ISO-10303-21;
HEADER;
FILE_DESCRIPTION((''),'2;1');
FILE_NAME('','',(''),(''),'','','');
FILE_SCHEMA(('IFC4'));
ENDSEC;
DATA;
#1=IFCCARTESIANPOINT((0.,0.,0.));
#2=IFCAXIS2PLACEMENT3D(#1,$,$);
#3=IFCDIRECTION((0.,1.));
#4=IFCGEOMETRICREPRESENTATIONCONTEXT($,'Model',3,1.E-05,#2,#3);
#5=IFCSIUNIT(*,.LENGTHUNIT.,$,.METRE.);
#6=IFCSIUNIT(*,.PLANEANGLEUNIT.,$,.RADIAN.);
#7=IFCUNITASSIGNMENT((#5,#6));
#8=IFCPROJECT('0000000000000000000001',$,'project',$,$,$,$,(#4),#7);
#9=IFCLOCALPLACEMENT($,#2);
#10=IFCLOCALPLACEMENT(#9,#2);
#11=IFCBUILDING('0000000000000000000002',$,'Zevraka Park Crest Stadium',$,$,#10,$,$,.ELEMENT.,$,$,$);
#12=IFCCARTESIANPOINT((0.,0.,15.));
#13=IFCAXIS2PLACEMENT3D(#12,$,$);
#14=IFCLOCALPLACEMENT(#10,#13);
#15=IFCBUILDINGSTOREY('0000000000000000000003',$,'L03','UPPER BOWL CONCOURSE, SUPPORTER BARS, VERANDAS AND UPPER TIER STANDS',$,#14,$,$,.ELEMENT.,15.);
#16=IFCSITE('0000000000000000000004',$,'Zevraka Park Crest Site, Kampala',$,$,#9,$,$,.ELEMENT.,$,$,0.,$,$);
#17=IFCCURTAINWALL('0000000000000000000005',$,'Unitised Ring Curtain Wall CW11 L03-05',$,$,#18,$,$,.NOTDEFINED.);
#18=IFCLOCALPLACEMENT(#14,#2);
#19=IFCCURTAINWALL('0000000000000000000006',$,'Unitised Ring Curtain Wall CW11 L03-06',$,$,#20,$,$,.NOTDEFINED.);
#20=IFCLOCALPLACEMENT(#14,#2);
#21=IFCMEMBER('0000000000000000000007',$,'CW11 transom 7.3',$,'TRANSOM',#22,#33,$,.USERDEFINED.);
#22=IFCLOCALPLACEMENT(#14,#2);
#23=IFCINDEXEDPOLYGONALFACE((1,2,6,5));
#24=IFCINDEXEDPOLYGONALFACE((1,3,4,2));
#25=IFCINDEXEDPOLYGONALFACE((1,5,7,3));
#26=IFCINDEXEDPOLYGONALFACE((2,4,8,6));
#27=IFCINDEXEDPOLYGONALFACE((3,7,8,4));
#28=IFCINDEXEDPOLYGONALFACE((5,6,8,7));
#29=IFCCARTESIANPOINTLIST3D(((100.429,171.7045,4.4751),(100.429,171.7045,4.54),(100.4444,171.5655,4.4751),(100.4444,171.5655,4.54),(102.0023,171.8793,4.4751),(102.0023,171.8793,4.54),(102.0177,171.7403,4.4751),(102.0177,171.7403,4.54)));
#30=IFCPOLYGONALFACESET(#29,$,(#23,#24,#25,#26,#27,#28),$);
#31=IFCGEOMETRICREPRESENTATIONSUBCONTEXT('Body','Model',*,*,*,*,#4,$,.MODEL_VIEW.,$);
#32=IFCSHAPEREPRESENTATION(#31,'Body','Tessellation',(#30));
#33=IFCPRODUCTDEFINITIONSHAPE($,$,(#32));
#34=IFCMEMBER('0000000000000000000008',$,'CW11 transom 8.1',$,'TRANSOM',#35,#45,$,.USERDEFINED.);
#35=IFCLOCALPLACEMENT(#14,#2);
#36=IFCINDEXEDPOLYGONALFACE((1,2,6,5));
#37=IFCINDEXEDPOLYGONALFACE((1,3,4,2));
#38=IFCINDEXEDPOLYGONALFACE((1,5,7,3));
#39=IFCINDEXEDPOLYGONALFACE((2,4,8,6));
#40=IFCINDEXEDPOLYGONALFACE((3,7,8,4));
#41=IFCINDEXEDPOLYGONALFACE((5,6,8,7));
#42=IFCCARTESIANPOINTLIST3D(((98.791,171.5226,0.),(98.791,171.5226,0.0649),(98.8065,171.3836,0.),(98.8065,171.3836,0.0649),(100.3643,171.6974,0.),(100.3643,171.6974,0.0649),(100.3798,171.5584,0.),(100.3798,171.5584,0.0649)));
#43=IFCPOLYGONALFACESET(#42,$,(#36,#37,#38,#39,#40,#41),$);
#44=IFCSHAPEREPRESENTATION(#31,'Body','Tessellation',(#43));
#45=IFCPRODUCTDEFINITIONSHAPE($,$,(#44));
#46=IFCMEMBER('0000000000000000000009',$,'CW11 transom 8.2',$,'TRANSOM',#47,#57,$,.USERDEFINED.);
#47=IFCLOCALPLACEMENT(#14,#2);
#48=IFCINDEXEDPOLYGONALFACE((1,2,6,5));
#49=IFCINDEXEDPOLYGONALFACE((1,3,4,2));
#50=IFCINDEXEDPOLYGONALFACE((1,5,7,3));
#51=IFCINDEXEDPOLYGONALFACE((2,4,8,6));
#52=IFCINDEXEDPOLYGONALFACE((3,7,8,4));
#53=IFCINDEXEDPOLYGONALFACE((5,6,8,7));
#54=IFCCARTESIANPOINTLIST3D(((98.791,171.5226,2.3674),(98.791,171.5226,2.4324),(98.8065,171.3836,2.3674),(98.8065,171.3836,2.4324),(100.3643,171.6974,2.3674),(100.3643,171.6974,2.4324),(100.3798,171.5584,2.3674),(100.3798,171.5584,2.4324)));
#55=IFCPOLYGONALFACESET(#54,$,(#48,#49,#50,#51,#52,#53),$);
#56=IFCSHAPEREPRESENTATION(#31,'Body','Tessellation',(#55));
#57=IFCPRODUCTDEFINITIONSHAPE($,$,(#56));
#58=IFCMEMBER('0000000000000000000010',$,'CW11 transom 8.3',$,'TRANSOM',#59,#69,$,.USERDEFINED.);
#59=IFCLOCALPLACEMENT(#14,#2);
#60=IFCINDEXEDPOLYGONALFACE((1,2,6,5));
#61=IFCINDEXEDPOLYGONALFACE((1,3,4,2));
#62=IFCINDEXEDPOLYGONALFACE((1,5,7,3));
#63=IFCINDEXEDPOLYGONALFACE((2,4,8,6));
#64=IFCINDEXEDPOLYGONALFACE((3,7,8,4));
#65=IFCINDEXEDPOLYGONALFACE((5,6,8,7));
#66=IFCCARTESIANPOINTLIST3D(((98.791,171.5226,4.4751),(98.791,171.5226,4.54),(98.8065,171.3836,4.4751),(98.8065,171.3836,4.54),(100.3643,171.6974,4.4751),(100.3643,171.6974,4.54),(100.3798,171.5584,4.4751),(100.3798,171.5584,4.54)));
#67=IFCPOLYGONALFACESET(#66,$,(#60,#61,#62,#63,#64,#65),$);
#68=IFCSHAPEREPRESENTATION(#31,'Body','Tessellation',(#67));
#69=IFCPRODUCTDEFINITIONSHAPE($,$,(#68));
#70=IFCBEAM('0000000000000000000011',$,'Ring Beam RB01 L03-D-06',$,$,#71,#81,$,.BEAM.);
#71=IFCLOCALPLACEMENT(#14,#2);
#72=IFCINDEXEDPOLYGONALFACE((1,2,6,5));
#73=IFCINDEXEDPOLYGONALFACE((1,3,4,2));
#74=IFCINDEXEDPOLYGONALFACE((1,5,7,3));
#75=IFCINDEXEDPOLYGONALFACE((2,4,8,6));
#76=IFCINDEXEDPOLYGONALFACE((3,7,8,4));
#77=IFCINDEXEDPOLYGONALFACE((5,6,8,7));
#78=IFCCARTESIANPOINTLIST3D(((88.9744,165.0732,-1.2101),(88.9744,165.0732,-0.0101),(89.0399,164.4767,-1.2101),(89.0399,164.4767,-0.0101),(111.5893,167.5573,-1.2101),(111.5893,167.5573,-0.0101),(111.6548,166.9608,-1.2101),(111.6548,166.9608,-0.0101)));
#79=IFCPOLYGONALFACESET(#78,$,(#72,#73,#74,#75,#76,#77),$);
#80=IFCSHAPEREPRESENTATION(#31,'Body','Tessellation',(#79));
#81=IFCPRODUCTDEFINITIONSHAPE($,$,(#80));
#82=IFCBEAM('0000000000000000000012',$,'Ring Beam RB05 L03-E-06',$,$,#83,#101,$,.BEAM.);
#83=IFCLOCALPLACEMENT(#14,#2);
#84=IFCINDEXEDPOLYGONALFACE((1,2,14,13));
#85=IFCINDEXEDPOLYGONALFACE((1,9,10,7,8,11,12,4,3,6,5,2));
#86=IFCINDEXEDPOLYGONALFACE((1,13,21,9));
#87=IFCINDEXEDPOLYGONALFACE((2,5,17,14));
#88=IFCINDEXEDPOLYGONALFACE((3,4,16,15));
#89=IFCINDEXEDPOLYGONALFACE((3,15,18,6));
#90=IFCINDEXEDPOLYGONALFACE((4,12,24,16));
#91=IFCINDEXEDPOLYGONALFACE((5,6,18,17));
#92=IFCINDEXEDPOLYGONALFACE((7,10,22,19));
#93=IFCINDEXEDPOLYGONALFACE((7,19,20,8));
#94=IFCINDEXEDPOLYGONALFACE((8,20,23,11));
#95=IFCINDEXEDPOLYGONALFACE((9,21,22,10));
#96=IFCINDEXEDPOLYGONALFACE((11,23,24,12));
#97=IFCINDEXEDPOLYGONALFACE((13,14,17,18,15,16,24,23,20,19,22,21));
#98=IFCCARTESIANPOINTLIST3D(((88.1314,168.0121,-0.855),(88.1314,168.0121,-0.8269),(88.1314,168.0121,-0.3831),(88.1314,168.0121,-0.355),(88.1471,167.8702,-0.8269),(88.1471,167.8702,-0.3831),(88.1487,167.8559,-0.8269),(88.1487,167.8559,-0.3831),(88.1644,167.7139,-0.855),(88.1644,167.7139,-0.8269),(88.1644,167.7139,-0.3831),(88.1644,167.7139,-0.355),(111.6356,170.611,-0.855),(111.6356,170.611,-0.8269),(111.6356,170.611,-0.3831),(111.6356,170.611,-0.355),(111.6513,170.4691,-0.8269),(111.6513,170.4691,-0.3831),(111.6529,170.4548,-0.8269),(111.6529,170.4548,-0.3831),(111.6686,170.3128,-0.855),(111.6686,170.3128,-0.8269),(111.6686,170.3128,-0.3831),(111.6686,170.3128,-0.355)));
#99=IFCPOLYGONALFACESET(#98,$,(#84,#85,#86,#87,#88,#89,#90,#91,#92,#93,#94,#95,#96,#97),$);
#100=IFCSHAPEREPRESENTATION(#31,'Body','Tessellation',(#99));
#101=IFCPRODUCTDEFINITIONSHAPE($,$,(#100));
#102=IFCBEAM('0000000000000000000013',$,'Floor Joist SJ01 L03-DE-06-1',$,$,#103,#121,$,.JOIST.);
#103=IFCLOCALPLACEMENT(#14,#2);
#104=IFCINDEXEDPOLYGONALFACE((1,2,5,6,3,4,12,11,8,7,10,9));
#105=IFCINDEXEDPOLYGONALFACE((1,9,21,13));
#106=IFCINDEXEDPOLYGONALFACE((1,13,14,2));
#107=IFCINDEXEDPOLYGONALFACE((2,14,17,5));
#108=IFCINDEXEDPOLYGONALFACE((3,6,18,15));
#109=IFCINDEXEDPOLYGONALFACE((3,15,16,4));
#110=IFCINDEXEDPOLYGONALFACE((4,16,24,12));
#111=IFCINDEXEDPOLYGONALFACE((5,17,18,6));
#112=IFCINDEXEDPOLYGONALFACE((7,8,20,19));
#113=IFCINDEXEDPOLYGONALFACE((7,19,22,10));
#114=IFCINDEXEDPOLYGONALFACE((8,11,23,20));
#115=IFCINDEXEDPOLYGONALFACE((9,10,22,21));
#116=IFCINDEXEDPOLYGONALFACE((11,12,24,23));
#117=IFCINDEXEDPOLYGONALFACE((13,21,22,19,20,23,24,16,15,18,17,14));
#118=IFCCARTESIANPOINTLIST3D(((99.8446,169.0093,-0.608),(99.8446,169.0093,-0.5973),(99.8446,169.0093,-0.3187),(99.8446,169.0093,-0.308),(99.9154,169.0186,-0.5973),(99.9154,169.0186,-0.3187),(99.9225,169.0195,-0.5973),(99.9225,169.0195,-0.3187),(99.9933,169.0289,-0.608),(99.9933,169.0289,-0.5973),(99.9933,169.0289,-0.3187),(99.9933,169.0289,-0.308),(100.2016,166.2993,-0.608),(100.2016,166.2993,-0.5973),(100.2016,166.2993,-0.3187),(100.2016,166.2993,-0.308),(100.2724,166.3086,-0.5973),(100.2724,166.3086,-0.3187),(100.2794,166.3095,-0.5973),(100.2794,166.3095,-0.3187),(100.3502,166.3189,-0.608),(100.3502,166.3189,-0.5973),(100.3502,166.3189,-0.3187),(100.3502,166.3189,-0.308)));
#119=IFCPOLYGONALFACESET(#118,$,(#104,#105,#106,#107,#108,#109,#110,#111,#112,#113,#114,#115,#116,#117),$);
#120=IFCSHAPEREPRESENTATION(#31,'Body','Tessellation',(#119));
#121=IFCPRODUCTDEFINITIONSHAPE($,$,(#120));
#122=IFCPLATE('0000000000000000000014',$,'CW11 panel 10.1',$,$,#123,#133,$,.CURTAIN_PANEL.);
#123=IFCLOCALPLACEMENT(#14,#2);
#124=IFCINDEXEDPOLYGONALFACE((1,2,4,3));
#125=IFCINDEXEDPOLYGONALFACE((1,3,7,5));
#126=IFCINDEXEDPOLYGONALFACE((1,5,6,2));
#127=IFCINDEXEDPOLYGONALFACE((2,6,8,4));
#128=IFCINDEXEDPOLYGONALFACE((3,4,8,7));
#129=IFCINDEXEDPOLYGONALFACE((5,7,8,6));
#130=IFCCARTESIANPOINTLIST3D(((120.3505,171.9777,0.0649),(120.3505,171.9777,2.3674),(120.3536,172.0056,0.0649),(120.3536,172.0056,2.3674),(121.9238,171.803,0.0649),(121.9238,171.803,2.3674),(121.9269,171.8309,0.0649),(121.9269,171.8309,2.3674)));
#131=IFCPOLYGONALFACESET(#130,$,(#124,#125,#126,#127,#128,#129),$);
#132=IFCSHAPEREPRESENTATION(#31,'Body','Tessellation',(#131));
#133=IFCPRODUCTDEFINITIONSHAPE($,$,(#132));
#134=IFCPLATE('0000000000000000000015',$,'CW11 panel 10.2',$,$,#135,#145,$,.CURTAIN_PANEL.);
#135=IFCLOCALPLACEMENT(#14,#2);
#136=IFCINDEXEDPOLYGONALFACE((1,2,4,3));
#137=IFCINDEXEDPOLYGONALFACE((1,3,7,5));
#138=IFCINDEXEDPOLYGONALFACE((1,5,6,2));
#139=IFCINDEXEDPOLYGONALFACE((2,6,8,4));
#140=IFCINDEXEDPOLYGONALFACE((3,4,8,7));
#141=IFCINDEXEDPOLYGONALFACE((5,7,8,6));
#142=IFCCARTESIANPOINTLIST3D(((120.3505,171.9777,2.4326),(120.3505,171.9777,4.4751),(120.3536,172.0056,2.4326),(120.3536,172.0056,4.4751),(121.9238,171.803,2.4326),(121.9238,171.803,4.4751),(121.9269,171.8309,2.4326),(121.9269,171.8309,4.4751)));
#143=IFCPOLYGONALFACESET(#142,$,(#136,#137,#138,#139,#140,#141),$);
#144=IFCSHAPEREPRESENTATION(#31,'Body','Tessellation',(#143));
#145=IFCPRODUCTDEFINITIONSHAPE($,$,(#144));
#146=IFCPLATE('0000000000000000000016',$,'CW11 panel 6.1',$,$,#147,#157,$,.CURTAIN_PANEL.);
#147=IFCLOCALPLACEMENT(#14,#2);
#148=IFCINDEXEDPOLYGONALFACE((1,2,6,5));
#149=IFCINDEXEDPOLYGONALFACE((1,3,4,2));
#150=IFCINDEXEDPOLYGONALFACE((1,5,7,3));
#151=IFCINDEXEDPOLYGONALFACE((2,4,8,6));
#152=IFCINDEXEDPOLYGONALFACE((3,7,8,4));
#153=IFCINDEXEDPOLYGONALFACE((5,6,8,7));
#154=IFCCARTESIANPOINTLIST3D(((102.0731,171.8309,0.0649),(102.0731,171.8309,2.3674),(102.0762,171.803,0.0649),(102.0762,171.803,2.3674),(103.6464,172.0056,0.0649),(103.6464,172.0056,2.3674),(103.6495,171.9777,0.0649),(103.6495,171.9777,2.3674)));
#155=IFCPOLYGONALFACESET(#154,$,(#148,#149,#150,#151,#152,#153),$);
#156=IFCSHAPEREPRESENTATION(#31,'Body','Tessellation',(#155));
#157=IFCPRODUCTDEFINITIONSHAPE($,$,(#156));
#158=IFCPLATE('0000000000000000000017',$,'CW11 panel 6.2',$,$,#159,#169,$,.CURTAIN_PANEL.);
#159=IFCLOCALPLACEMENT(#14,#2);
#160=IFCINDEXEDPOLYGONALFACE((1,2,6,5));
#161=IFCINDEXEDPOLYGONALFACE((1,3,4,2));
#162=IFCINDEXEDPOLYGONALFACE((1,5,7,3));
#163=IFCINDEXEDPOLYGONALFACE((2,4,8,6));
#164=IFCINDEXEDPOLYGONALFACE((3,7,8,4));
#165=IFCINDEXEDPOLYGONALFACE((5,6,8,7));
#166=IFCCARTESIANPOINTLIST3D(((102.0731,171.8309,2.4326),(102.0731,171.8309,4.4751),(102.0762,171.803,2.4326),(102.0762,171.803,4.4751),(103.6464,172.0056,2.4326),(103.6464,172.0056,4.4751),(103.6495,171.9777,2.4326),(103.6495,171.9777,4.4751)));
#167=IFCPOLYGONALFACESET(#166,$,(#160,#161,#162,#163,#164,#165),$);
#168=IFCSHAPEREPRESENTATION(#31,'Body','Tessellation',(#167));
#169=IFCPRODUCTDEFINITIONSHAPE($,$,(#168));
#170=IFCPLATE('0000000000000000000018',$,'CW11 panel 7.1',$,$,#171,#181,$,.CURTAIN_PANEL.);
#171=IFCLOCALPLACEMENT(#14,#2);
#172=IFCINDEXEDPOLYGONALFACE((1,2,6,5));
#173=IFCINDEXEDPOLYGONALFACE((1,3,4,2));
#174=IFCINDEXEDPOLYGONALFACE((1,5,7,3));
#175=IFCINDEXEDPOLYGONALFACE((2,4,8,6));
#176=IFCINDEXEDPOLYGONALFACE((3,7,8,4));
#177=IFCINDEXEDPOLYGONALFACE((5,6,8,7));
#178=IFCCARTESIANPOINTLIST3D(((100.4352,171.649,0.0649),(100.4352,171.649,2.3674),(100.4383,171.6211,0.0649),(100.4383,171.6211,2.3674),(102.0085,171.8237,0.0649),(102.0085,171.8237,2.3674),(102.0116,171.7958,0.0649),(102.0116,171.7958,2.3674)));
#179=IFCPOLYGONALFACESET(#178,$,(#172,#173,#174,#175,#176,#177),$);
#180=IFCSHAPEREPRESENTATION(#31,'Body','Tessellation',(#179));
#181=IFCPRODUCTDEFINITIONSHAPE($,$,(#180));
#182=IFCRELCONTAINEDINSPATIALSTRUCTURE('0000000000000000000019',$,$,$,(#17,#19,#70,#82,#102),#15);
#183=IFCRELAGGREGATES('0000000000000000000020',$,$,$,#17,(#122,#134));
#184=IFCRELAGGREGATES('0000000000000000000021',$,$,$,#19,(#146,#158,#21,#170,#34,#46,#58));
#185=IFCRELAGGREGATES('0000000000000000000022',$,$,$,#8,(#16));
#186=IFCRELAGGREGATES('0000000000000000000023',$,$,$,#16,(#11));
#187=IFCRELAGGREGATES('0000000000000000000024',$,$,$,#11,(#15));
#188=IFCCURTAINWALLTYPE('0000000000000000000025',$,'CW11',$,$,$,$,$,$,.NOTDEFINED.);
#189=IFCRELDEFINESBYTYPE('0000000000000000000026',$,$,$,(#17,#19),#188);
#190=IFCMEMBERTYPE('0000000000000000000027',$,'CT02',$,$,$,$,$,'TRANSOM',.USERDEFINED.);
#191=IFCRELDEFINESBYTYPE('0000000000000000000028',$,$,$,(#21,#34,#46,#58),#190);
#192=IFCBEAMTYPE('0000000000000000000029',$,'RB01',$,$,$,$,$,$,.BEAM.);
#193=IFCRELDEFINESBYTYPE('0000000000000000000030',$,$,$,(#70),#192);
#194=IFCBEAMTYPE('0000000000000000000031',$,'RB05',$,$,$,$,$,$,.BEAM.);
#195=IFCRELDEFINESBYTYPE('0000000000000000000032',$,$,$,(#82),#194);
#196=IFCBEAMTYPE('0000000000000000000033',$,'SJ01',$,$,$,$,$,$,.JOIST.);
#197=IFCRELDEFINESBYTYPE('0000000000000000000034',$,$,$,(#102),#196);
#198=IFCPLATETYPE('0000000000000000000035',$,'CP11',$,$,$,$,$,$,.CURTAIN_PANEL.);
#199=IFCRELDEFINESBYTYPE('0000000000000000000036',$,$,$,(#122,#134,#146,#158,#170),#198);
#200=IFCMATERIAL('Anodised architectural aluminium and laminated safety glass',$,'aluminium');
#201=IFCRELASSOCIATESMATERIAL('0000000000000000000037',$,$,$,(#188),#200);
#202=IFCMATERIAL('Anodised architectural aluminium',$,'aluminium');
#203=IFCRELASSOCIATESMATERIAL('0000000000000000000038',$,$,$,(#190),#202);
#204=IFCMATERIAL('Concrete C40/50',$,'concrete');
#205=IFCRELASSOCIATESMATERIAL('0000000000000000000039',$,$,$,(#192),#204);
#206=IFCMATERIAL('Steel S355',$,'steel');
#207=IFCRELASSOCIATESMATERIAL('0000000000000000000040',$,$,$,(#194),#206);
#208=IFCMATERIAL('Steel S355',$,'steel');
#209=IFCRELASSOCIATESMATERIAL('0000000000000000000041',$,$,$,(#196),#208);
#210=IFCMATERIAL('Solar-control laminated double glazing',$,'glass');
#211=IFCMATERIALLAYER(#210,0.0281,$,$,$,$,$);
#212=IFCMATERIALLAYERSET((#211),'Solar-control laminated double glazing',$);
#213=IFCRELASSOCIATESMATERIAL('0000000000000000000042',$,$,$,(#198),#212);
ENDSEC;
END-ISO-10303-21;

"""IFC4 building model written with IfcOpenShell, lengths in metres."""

from ifc_helpers import new_model, si_unit, direction, frame, origin, origin_2d, place, context, subcontext, project, spatial, rectangle, i_section, extrude, material, layer, layer_set, material_profile, profile_set, type_object, element, aggregate, save


model = new_model("IFC4")

# Units and contexts
model_context = context("Model", 3, precision=1e-05, world=origin(), true_north=direction((0.0, 1.0)))
body_context = subcontext(model_context, "Body", "Model", "MODEL_VIEW")
ifc_project = project(units=[si_unit("LENGTHUNIT", "METRE"), si_unit("PLANEANGLEUNIT", "RADIAN")], contexts=[model_context])

# Site, building, storey
site_placement = place(None, origin())
site = spatial("IfcSite", under=ifc_project, at=site_placement, Name="Zevraka Park Crest Site, Kampala", CompositionType="ELEMENT", RefElevation=0.0)
building_placement = place(site_placement, origin())
building = spatial("IfcBuilding", under=site, at=building_placement, Name="Zevraka Park Crest Stadium", CompositionType="ELEMENT")
storey_placement = place(building_placement, frame((0.0, 0.0, 15.0)))
storey = spatial("IfcBuildingStorey", under=building, at=storey_placement, Name="L03", Description="UPPER BOWL CONCOURSE, SUPPORTER BARS, VERANDAS AND UPPER TIER STANDS", CompositionType="ELEMENT", Elevation=15.0)

# Curtain wall
ifc_material_1 = material(Name="Anodised architectural aluminium and laminated safety glass", Category="aluminium")
curtain_wall_type = type_object("IfcCurtainWallType", Name="CW11", PredefinedType="NOTDEFINED", material=ifc_material_1)
curtain_wall_1_placement = place(storey_placement, origin())
curtain_wall_1 = element("IfcCurtainWall", 1, at=curtain_wall_1_placement, inside=storey, type_object=curtain_wall_type, Name="Unitised Ring Curtain Wall CW11 L03-05", PredefinedType="NOTDEFINED")

# Curtain wall
curtain_wall_2_placement = place(storey_placement, origin())
curtain_wall_2 = element("IfcCurtainWall", 2, at=curtain_wall_2_placement, inside=storey, type_object=curtain_wall_type, Name="Unitised Ring Curtain Wall CW11 L03-06", PredefinedType="NOTDEFINED")

# Members
ifc_material_2 = material(Name="Anodised architectural aluminium", Category="aluminium")
ifc_material_profile_1 = material_profile(ifc_material_2, rectangle(XDim=0.1399, YDim=0.0649, at=origin_2d()), Name="ALU TRANSOM 140x65")
ifc_profile_set_1 = profile_set([ifc_material_profile_1], Name="Anodised architectural aluminium")
member_type_1 = type_object("IfcMemberType", Name="CT02", ElementType="TRANSOM", PredefinedType="USERDEFINED", material=ifc_profile_set_1)
member_1_placement = place(storey_placement, frame((102.01, 171.8098, 4.5076), z_axis=(-0.993884, -0.110432, 0.0), x_axis=(0.110432, -0.993884, 0.0)))
member_1 = element("IfcMember", 3, at=member_1_placement, type_object=member_type_1, Name="CW11 transom 7.3", ObjectType="TRANSOM", PredefinedType="USERDEFINED", context=body_context, shape_type="SweptSolid", body=[
    extrude(rectangle(XDim=0.1399, YDim=0.0649, at=origin_2d()), origin(), (0.0, 0.0, 1.0), 1.583),
])
member_2_placement = place(storey_placement, frame((100.3721, 171.6279, 0.0325), z_axis=(-0.993884, -0.110432, 0.0), x_axis=(0.110432, -0.993884, 0.0)))
member_2 = element("IfcMember", 4, at=member_2_placement, type_object=member_type_1, Name="CW11 transom 8.1", ObjectType="TRANSOM", PredefinedType="USERDEFINED", context=body_context, shape_type="SweptSolid", body=[
    extrude(rectangle(XDim=0.1399, YDim=0.0649, at=origin_2d()), origin(), (0.0, 0.0, 1.0), 1.583),
])
member_3_placement = place(storey_placement, frame((100.3721, 171.6279, 2.3999), z_axis=(-0.993884, -0.110432, 0.0), x_axis=(0.110432, -0.993884, 0.0)))
member_3 = element("IfcMember", 5, at=member_3_placement, type_object=member_type_1, Name="CW11 transom 8.2", ObjectType="TRANSOM", PredefinedType="USERDEFINED", context=body_context, shape_type="SweptSolid", body=[
    extrude(rectangle(XDim=0.1399, YDim=0.0649, at=origin_2d()), origin(), (0.0, 0.0, 1.0), 1.583),
])
member_4_placement = place(storey_placement, frame((100.3721, 171.6279, 4.5076), z_axis=(-0.993884, -0.110432, 0.0), x_axis=(0.110432, -0.993884, 0.0)))
member_4 = element("IfcMember", 6, at=member_4_placement, type_object=member_type_1, Name="CW11 transom 8.3", ObjectType="TRANSOM", PredefinedType="USERDEFINED", context=body_context, shape_type="SweptSolid", body=[
    extrude(rectangle(XDim=0.1399, YDim=0.0649, at=origin_2d()), origin(), (0.0, 0.0, 1.0), 1.583),
])

# Beams
ifc_material_3 = material(Name="Concrete C40/50", Category="concrete")
ifc_material_profile_2 = material_profile(ifc_material_3, rectangle(XDim=0.6001, YDim=1.2, at=origin_2d()), Name="RC 1200x600")
ifc_profile_set_2 = profile_set([ifc_material_profile_2], Name="Concrete C40/50")
beam_type_1 = type_object("IfcBeamType", Name="RB01", PredefinedType="BEAM", material=ifc_profile_set_2)
beam_1_placement = place(storey_placement, frame((111.6221, 167.259, -0.6101), z_axis=(-0.994021, -0.109188, 0.0), x_axis=(0.109188, -0.994021, 0.0)))
element("IfcBeam", 7, at=beam_1_placement, inside=storey, type_object=beam_type_1, Name="Ring Beam RB01 L03-D-06", PredefinedType="BEAM", context=body_context, shape_type="SweptSolid", body=[
    extrude(rectangle(XDim=0.6001, YDim=1.2, at=origin_2d()), origin(), (0.0, 0.0, 1.0), 22.751),
])
ifc_material_4 = material(Name="Steel S355", Category="steel")
ifc_material_profile_3 = material_profile(ifc_material_4, i_section(OverallWidth=0.3, OverallDepth=0.5, WebThickness=0.0144, FlangeThickness=0.0281, at=origin_2d()), Name="HEB 500")
ifc_profile_set_3 = profile_set([ifc_material_profile_3], Name="Steel S355")
beam_type_2 = type_object("IfcBeamType", Name="RB05", PredefinedType="BEAM", material=ifc_profile_set_3)
beam_2_placement = place(storey_placement, frame((111.6521, 170.4619, -0.605), z_axis=(-0.993943, -0.109901, 0.0), x_axis=(0.109901, -0.993943, 0.0)))
element("IfcBeam", 8, at=beam_2_placement, inside=storey, type_object=beam_type_2, Name="Ring Beam RB05 L03-E-06", PredefinedType="BEAM", context=body_context, shape_type="SweptSolid", body=[
    extrude(i_section(OverallWidth=0.3, OverallDepth=0.5, WebThickness=0.0144, FlangeThickness=0.0281, at=origin_2d()), origin(), (0.0, 0.0, 1.0), 23.6475),
])
ifc_material_5 = material(Name="Steel S355", Category="steel")
ifc_material_profile_4 = material_profile(ifc_material_5, i_section(OverallWidth=0.1499, OverallDepth=0.3, WebThickness=0.0071, FlangeThickness=0.0107, at=origin_2d()), Name="IPE 300")
ifc_profile_set_4 = profile_set([ifc_material_profile_4], Name="Steel S355")
beam_type_3 = type_object("IfcBeamType", Name="SJ01", PredefinedType="JOIST", material=ifc_profile_set_4)
beam_3_placement = place(storey_placement, frame((100.2759, 166.3091, -0.458), z_axis=(-0.130584, 0.991437, 0.0), x_axis=(-0.991437, -0.130584, 0.0)))
element("IfcBeam", 9, at=beam_3_placement, inside=storey, type_object=beam_type_3, Name="Floor Joist SJ01 L03-DE-06-1", PredefinedType="JOIST", context=body_context, shape_type="SweptSolid", body=[
    extrude(i_section(OverallWidth=0.1499, OverallDepth=0.3, WebThickness=0.0071, FlangeThickness=0.0107, at=origin_2d()), origin(), (0.0, 0.0, 1.0), 2.7334),
])

# Plates
ifc_material_6 = material(Name="Solar-control laminated double glazing", Category="glass")
ifc_layer_1 = layer(ifc_material_6, 0.0281)
ifc_layer_set_1 = layer_set([ifc_layer_1], Name="Solar-control laminated double glazing")
plate_type = type_object("IfcPlateType", Name="CP11", PredefinedType="CURTAIN_PANEL", material=ifc_layer_set_1)
plate_1_placement = place(storey_placement, frame((121.1387, 171.9043, 0.0649), z_axis=(0.0, 0.0, 1.0), x_axis=(-0.993888, 0.110396, 0.0)))
plate_1 = element("IfcPlate", 10, at=plate_1_placement, type_object=plate_type, Name="CW11 panel 10.1", PredefinedType="CURTAIN_PANEL", context=body_context, shape_type="SweptSolid", body=[
    extrude(rectangle(XDim=1.583, YDim=0.0281, at=origin_2d()), origin(), (0.0, 0.0, 1.0), 2.3025),
])
plate_2_placement = place(storey_placement, frame((121.1387, 171.9043, 2.4326), z_axis=(0.0, 0.0, 1.0), x_axis=(-0.993888, 0.110396, 0.0)))
plate_2 = element("IfcPlate", 11, at=plate_2_placement, type_object=plate_type, Name="CW11 panel 10.2", PredefinedType="CURTAIN_PANEL", context=body_context, shape_type="SweptSolid", body=[
    extrude(rectangle(XDim=1.583, YDim=0.0281, at=origin_2d()), origin(), (0.0, 0.0, 1.0), 2.0425),
])
aggregate(curtain_wall_1, [plate_1, plate_2])
plate_3_placement = place(storey_placement, frame((102.8613, 171.9043, 0.0649), z_axis=(0.0, 0.0, 1.0), x_axis=(-0.993888, -0.110396, 0.0)))
plate_3 = element("IfcPlate", 12, at=plate_3_placement, type_object=plate_type, Name="CW11 panel 6.1", PredefinedType="CURTAIN_PANEL", context=body_context, shape_type="SweptSolid", body=[
    extrude(rectangle(XDim=1.583, YDim=0.0281, at=origin_2d()), origin(), (0.0, 0.0, 1.0), 2.3025),
])
plate_4_placement = place(storey_placement, frame((102.8613, 171.9043, 2.4326), z_axis=(0.0, 0.0, 1.0), x_axis=(-0.993888, -0.110396, 0.0)))
plate_4 = element("IfcPlate", 13, at=plate_4_placement, type_object=plate_type, Name="CW11 panel 6.2", PredefinedType="CURTAIN_PANEL", context=body_context, shape_type="SweptSolid", body=[
    extrude(rectangle(XDim=1.583, YDim=0.0281, at=origin_2d()), origin(), (0.0, 0.0, 1.0), 2.0425),
])
plate_5_placement = place(storey_placement, frame((101.2234, 171.7224, 0.0649), z_axis=(0.0, 0.0, 1.0), x_axis=(-0.993888, -0.110396, 0.0)))
plate_5 = element("IfcPlate", 14, at=plate_5_placement, type_object=plate_type, Name="CW11 panel 7.1", PredefinedType="CURTAIN_PANEL", context=body_context, shape_type="SweptSolid", body=[
    extrude(rectangle(XDim=1.583, YDim=0.0281, at=origin_2d()), origin(), (0.0, 0.0, 1.0), 2.3025),
])
aggregate(curtain_wall_2, [plate_3, plate_4, member_1, plate_5, member_2, member_3, member_4])

save(model, "model.ifc")
